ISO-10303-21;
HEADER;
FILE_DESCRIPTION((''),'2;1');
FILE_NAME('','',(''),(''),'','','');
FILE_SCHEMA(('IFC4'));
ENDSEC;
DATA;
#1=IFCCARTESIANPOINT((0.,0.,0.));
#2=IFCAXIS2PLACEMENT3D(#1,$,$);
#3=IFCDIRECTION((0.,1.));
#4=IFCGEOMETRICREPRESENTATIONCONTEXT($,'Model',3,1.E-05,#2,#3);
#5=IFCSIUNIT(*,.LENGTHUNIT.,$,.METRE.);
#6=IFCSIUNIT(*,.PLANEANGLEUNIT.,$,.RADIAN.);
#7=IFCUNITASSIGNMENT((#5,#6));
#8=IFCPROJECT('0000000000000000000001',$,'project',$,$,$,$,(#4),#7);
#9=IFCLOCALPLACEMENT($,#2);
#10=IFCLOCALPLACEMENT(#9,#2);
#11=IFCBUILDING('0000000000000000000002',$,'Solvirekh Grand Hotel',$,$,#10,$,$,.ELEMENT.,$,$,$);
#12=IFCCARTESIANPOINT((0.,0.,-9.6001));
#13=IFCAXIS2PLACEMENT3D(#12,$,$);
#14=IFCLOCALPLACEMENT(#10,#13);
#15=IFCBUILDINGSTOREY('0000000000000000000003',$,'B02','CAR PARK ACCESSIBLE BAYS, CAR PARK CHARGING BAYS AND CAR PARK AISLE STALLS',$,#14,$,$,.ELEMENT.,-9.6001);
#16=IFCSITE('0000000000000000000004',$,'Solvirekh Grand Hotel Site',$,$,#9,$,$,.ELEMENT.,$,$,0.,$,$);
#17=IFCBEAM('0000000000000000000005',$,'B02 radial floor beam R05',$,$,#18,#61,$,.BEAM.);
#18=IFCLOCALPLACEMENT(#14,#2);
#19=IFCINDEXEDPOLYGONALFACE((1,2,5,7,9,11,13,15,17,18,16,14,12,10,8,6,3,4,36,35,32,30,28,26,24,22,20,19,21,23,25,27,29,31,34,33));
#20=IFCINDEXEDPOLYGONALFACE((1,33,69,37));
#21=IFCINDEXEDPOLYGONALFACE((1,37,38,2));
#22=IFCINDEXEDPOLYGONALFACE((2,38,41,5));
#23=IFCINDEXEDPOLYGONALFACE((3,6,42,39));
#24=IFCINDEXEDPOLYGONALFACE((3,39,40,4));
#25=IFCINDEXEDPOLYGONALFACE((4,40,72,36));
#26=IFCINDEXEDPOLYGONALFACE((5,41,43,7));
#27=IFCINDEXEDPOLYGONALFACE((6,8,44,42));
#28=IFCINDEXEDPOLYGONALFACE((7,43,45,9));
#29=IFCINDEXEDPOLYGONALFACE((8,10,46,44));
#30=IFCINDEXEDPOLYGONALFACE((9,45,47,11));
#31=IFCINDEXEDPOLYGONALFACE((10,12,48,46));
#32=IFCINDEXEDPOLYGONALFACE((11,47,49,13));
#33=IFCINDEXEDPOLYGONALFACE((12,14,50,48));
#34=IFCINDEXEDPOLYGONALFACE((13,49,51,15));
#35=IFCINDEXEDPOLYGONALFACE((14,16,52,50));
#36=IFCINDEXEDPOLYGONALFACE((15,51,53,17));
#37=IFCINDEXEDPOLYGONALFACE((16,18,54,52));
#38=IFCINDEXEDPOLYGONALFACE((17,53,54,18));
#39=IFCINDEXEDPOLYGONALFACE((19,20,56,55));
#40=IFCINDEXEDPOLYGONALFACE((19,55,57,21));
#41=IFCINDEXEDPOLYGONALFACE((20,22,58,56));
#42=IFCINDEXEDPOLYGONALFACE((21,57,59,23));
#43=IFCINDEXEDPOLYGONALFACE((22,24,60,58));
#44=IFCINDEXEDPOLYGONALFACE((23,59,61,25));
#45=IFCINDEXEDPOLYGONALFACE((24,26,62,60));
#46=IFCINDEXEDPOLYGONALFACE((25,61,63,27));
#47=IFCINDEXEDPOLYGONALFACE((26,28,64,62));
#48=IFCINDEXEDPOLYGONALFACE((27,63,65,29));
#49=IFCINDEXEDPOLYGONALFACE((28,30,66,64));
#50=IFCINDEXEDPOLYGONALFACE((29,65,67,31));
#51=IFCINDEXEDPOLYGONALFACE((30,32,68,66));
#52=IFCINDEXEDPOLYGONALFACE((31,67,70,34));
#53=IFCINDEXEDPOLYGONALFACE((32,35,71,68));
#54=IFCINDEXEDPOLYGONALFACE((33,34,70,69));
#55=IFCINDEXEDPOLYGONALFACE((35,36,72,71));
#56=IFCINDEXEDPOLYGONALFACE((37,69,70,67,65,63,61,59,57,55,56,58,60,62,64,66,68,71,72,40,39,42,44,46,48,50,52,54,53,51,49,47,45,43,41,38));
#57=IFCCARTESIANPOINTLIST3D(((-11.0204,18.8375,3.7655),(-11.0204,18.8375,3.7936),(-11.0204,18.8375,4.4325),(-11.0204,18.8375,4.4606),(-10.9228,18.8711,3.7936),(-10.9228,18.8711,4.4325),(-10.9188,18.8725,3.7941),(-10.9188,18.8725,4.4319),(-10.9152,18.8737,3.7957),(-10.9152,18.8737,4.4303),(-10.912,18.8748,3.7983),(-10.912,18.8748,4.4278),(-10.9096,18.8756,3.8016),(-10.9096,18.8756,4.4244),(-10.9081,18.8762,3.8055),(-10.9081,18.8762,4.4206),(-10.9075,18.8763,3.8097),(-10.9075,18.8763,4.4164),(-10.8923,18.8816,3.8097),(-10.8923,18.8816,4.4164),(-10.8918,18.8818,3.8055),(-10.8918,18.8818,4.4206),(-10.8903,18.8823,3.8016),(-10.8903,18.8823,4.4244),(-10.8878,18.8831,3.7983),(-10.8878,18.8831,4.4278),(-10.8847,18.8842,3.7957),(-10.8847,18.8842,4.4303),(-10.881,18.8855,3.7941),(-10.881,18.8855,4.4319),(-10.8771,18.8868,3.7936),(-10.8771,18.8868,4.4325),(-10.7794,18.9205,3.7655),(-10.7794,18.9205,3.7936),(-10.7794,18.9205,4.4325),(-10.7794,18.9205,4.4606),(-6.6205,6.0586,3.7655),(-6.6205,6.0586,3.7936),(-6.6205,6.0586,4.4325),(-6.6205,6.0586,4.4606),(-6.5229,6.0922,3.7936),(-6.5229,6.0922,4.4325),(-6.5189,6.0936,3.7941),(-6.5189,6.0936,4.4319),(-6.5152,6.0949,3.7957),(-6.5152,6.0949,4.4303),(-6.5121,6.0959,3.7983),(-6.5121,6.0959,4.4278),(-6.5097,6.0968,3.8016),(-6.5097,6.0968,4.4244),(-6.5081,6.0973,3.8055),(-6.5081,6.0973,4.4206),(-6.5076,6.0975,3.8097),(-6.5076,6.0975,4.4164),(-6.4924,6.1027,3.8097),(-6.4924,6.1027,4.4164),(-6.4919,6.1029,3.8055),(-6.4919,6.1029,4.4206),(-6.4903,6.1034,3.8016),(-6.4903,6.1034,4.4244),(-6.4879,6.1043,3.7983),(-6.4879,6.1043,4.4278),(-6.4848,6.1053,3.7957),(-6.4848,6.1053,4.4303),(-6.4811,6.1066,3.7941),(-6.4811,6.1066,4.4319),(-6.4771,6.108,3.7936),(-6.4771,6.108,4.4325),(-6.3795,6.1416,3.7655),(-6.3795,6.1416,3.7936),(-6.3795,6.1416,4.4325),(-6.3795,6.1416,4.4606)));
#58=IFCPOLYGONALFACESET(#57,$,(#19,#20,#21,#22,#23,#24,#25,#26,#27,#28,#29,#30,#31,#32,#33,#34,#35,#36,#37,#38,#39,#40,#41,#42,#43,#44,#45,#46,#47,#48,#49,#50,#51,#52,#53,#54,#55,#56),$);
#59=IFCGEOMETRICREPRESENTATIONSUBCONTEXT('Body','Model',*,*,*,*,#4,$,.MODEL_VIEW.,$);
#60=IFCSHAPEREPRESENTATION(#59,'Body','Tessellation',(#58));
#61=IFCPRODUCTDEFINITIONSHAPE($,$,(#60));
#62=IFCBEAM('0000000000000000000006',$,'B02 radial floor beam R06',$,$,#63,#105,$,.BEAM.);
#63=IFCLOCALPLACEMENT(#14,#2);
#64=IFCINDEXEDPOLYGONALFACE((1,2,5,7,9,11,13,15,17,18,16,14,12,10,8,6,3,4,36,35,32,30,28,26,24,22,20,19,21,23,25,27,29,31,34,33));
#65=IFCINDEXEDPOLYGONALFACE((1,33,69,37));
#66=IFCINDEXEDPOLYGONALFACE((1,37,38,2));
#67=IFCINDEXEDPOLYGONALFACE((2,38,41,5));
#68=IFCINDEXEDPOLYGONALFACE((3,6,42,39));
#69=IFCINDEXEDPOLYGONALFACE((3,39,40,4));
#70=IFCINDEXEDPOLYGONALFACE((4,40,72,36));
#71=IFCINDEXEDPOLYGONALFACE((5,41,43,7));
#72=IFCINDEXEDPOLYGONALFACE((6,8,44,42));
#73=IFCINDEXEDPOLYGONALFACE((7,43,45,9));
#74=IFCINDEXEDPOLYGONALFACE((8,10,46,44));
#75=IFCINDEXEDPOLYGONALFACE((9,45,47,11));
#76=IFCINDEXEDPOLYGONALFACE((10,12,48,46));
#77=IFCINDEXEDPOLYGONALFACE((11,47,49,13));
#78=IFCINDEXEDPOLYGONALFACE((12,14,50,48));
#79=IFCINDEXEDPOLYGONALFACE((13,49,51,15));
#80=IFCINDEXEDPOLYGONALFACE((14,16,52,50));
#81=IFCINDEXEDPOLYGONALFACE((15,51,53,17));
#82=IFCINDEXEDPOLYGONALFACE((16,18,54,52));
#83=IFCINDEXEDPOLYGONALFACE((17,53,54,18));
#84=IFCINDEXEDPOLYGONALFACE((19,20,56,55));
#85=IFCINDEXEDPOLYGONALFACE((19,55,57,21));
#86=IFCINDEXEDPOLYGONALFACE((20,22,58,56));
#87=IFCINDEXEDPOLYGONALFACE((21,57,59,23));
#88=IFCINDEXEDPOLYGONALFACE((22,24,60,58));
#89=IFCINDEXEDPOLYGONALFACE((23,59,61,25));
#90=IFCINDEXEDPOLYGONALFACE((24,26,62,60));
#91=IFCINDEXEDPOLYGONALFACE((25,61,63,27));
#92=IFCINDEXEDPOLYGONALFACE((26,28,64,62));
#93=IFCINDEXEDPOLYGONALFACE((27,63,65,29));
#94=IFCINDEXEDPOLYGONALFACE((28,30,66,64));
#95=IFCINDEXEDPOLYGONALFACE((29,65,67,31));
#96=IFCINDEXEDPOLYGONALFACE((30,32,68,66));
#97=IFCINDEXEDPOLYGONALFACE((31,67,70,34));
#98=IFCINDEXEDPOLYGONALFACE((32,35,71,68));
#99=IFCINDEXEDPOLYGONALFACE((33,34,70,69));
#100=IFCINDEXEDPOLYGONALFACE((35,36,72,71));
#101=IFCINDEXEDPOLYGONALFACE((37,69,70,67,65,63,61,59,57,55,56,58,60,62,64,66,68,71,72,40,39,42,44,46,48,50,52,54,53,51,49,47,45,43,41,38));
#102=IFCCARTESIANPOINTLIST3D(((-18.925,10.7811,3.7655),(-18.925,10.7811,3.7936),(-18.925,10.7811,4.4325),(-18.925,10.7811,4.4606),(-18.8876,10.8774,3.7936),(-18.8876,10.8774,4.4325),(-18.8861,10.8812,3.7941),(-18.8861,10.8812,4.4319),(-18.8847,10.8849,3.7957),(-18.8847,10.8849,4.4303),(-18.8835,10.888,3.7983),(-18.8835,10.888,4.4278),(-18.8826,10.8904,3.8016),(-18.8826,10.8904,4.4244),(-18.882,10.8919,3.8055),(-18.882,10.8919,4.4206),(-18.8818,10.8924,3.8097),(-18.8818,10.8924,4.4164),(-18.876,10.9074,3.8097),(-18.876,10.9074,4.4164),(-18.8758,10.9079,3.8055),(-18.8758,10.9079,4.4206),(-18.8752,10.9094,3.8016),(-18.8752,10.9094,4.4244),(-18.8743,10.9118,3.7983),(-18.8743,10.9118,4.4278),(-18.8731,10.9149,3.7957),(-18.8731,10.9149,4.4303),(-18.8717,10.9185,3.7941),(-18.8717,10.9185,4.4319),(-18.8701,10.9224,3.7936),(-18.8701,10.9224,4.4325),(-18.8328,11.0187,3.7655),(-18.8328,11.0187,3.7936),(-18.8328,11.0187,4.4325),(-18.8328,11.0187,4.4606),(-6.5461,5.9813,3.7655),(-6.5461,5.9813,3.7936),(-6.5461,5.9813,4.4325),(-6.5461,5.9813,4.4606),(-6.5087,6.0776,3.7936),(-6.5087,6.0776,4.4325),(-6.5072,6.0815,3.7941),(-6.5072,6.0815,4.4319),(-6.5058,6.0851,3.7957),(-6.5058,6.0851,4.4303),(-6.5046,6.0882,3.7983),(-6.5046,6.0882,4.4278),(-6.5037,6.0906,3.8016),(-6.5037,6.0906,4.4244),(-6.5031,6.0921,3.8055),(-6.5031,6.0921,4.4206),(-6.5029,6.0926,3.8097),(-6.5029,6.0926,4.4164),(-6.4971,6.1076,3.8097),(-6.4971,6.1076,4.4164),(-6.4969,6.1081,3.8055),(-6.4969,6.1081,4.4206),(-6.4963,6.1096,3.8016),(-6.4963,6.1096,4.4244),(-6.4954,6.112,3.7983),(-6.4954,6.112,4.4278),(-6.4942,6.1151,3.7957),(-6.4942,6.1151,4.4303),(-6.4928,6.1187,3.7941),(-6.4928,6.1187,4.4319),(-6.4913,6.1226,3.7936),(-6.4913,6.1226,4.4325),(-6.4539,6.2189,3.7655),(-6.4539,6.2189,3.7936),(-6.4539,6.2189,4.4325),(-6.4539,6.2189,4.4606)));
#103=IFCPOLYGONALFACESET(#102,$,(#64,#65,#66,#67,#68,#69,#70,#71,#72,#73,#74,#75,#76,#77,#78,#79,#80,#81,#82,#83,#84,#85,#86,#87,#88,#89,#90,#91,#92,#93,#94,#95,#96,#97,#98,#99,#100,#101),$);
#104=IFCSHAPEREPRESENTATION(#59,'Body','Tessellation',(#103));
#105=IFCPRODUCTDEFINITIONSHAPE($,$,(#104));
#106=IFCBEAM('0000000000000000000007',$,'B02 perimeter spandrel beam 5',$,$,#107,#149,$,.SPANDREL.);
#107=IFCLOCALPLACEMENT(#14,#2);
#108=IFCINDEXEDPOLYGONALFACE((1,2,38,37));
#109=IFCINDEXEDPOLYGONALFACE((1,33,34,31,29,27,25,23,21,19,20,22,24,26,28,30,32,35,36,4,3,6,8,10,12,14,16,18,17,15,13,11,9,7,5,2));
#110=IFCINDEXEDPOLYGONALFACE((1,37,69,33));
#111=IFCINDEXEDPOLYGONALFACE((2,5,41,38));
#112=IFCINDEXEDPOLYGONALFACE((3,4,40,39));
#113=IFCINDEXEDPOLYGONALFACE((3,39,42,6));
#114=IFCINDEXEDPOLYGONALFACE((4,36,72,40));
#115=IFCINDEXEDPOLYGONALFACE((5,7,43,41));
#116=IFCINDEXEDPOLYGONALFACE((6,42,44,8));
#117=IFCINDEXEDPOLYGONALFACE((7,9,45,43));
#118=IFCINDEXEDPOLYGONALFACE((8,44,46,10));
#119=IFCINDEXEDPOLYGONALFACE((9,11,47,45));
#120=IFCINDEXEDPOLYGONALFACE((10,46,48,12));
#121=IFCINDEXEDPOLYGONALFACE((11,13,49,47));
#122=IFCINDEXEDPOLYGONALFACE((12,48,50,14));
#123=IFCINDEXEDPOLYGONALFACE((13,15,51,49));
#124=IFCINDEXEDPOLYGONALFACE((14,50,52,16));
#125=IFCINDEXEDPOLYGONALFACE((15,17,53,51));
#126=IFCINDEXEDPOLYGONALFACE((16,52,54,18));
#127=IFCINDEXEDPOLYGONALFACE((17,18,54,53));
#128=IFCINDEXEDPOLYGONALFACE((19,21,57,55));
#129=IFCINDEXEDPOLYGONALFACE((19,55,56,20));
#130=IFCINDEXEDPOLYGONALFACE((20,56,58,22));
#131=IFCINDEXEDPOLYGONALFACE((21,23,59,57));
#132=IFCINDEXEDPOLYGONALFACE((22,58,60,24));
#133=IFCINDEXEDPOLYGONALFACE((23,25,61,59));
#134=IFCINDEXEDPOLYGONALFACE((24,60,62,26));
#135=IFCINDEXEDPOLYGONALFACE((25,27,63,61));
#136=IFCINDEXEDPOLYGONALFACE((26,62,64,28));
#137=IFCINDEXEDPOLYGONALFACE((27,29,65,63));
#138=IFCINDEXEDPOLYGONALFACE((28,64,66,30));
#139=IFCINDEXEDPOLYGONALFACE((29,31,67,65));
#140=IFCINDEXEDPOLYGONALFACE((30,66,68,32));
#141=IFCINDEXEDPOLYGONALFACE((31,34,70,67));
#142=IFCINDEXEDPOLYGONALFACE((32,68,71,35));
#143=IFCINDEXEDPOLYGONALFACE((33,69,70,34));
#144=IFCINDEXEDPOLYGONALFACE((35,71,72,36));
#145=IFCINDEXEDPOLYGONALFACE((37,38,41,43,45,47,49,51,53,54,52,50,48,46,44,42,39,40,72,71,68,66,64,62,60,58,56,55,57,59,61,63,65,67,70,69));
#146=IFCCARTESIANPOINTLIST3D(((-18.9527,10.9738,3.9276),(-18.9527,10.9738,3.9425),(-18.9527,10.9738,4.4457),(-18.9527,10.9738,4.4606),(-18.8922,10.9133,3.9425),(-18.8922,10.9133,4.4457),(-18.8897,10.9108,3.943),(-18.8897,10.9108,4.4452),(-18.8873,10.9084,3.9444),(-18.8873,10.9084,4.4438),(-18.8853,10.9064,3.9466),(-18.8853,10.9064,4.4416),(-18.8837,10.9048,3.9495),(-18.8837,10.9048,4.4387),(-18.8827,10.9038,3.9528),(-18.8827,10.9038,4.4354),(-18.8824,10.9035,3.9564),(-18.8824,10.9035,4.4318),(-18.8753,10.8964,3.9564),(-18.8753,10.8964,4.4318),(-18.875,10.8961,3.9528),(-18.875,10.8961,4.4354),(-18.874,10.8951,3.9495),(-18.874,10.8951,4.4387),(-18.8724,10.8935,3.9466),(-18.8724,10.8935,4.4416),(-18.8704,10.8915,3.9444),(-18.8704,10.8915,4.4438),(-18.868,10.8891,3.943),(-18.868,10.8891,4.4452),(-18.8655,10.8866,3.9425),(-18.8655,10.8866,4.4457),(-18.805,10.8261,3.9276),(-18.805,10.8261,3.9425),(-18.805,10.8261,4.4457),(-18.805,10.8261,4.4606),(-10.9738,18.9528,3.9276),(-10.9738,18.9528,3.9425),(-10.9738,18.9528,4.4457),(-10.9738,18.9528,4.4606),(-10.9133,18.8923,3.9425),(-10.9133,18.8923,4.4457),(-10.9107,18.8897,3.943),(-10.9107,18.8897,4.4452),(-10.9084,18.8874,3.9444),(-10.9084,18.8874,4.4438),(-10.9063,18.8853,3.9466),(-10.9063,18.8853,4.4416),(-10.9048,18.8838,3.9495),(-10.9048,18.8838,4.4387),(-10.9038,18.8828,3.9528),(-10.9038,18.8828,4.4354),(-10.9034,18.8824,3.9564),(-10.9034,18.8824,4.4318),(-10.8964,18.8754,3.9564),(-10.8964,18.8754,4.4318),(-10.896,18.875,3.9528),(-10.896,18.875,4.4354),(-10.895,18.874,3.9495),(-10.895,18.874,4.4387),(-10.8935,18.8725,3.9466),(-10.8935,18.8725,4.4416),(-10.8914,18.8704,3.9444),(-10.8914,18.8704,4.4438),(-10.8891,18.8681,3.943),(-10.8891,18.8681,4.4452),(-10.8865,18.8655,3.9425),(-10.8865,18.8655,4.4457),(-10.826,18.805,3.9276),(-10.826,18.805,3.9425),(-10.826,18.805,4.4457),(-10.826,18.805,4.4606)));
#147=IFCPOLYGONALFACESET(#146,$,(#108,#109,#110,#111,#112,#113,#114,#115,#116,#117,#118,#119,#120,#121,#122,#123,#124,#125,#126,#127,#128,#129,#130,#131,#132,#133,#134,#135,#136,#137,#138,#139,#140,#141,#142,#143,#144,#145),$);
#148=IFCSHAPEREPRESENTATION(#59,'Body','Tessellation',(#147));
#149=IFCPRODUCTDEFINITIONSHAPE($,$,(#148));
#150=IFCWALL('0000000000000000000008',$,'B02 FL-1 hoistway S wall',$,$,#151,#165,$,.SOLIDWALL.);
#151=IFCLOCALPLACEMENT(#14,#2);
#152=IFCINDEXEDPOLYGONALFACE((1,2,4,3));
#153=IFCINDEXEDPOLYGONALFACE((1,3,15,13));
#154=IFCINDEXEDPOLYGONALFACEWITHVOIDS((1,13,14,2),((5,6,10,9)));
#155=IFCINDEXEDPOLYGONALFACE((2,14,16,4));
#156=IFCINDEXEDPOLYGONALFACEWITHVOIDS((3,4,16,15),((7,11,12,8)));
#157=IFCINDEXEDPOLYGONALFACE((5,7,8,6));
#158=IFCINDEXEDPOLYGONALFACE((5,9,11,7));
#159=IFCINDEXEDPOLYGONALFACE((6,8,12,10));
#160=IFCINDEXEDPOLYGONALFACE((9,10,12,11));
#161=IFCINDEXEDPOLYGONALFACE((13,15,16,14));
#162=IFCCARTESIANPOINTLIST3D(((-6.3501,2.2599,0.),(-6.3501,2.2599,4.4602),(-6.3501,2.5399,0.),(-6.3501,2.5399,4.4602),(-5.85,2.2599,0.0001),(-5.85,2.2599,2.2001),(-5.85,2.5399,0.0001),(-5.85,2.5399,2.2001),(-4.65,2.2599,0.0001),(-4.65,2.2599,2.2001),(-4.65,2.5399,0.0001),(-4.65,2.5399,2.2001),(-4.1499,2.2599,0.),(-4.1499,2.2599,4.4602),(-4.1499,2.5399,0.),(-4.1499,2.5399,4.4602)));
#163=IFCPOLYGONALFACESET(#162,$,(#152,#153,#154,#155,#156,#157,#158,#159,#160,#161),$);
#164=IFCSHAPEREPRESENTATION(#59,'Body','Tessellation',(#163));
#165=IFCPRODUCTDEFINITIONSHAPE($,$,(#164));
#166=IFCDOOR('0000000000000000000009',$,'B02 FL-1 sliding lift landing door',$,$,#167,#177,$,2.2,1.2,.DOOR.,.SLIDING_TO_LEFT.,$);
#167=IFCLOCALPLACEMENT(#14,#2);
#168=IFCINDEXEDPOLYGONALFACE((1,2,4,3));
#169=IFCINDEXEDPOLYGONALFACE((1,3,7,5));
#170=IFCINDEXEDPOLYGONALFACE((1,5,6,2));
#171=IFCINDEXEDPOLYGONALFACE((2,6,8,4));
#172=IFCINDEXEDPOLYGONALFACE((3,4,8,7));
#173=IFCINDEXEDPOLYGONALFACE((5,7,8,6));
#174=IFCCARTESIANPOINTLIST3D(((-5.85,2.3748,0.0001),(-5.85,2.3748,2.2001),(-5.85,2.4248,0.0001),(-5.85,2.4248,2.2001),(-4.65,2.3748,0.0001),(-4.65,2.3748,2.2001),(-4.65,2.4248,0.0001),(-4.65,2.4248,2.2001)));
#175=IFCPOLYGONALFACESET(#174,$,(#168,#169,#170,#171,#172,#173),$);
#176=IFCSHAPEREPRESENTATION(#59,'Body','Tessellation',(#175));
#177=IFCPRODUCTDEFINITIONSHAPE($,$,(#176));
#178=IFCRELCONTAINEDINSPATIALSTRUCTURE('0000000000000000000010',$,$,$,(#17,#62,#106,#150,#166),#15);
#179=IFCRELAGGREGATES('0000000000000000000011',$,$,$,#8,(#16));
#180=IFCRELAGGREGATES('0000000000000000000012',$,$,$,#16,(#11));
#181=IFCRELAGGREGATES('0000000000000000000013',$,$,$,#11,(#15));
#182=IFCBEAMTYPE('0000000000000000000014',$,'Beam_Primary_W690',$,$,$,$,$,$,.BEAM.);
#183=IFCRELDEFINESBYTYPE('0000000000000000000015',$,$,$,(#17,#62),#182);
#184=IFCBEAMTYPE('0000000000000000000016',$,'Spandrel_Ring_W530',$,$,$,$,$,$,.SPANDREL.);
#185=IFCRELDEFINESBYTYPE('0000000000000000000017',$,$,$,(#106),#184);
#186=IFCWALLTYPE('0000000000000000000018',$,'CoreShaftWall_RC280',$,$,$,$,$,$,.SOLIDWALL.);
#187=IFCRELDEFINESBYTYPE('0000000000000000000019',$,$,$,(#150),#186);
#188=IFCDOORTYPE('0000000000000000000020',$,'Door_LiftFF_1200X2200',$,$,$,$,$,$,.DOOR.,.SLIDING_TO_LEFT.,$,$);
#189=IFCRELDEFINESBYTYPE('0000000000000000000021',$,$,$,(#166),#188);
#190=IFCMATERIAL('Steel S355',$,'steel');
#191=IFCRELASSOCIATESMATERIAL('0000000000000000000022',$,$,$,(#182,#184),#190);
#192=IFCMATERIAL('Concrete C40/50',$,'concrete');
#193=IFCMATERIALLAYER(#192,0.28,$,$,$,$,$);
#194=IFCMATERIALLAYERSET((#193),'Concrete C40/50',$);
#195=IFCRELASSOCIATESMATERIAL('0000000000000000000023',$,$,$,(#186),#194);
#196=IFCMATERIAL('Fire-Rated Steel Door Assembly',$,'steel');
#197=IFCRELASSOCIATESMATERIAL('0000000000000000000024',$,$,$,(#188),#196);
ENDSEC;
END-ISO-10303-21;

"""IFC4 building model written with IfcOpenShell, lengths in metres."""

from ifc_helpers import new_model, si_unit, direction, frame, frame_2d, origin, origin_2d, place, context, subcontext, project, spatial, rectangle, i_section, extrude, material, layer, layer_set, material_profile, profile_set, type_object, element, fill, save


model = new_model("IFC4")

# Units and contexts
model_context = context("Model", 3, precision=1e-05, world=origin(), true_north=direction((0.0, 1.0)))
body_context = subcontext(model_context, "Body", "Model", "MODEL_VIEW")
ifc_project = project(units=[si_unit("LENGTHUNIT", "METRE"), si_unit("PLANEANGLEUNIT", "RADIAN")], contexts=[model_context])

# Site, building, storey
site_placement = place(None, origin())
site = spatial("IfcSite", under=ifc_project, at=site_placement, Name="Solvirekh Grand Hotel Site", CompositionType="ELEMENT", RefElevation=0.0)
building_placement = place(site_placement, origin())
building = spatial("IfcBuilding", under=site, at=building_placement, Name="Solvirekh Grand Hotel", CompositionType="ELEMENT")
storey_placement = place(building_placement, frame((0.0, 0.0, -9.6001)))
storey = spatial("IfcBuildingStorey", under=building, at=storey_placement, Name="B02", Description="CAR PARK ACCESSIBLE BAYS, CAR PARK CHARGING BAYS AND CAR PARK AISLE STALLS", CompositionType="ELEMENT", Elevation=-9.6001)

# Beams
ifc_material_1 = material(Name="Steel S355", Category="steel")
ifc_material_profile_1 = material_profile(ifc_material_1, i_section(OverallWidth=0.2549, OverallDepth=0.6951, WebThickness=0.0161, FlangeThickness=0.0281, FilletRadius=0.0161, at=origin_2d()), Name="W690X217")
ifc_profile_set_1 = profile_set([ifc_material_profile_1], Name="Steel S355")
beam_type_1 = type_object("IfcBeamType", Name="Beam_Primary_W690", PredefinedType="BEAM", material=ifc_profile_set_1)
beam_1_placement = place(storey_placement, frame((-6.5, 6.1001, 4.113), z_axis=(-0.325555, 0.945523, 0.0), x_axis=(-0.945523, -0.325555, 0.0)))
element("IfcBeam", 1, at=beam_1_placement, inside=storey, type_object=beam_type_1, Name="B02 radial floor beam R05", PredefinedType="BEAM", context=body_context, shape_type="SweptSolid", body=[
    extrude(i_section(OverallWidth=0.2549, OverallDepth=0.6951, WebThickness=0.0161, FlangeThickness=0.0281, FilletRadius=0.0161, at=origin_2d()), origin(), (0.0, 0.0, 1.0), 13.5151),
])
beam_2_placement = place(storey_placement, frame((-6.5, 6.1001, 4.113), z_axis=(-0.932366, 0.361516, 0.0), x_axis=(-0.361516, -0.932366, 0.0)))
element("IfcBeam", 2, at=beam_2_placement, inside=storey, type_object=beam_type_1, Name="B02 radial floor beam R06", PredefinedType="BEAM", context=body_context, shape_type="SweptSolid", body=[
    extrude(i_section(OverallWidth=0.2549, OverallDepth=0.6951, WebThickness=0.0161, FlangeThickness=0.0281, FilletRadius=0.0161, at=origin_2d()), origin(), (0.0, 0.0, 1.0), 13.2769),
])
ifc_material_profile_2 = material_profile(ifc_material_1, i_section(OverallWidth=0.209, OverallDepth=0.533, WebThickness=0.01, FlangeThickness=0.0149, FilletRadius=0.0139, at=origin_2d()), Name="W530X92")
ifc_profile_set_2 = profile_set([ifc_material_profile_2], Name="Steel S355")
beam_type_2 = type_object("IfcBeamType", Name="Spandrel_Ring_W530", PredefinedType="SPANDREL", material=ifc_profile_set_2)
beam_3_placement = place(storey_placement, frame((-10.8999, 18.8789, 4.1941), z_axis=(-0.707107, -0.707107, 0.0), x_axis=(0.707107, -0.707107, 0.0)))
element("IfcBeam", 3, at=beam_3_placement, inside=storey, type_object=beam_type_2, Name="B02 perimeter spandrel beam 5", PredefinedType="SPANDREL", context=body_context, shape_type="SweptSolid", body=[
    extrude(i_section(OverallWidth=0.209, OverallDepth=0.533, WebThickness=0.01, FlangeThickness=0.0149, FilletRadius=0.0139, at=origin_2d()), origin(), (0.0, 0.0, 1.0), 11.2839),
])

# Wall, opening, door
ifc_material_2 = material(Name="Concrete C40/50", Category="concrete")
ifc_layer_1 = layer(ifc_material_2, 0.28)
ifc_layer_set_1 = layer_set([ifc_layer_1], Name="Concrete C40/50")
wall_type_1 = type_object("IfcWallType", Name="CoreShaftWall_RC280", PredefinedType="SOLIDWALL", material=ifc_layer_set_1)
wall_1_placement = place(storey_placement, frame((-6.3501, 2.3999, 0.0), z_axis=(0.0, 0.0, 1.0), x_axis=(1.0, 0.0, 0.0)))
wall_1 = element("IfcWall", 4, at=wall_1_placement, inside=storey, type_object=wall_type_1, Name="B02 FL-1 hoistway S wall", PredefinedType="SOLIDWALL", context=body_context, shape_type="SweptSolid", body=[
    extrude(rectangle(XDim=2.2002, YDim=0.28, at=frame_2d((1.1001, 0.0))), origin(), (0.0, 0.0, 1.0), 4.4602),
])
opening_1_placement = place(wall_1_placement, frame((0.5, 0.0, 0.0)))
opening_1 = element("IfcOpeningElement", 5, at=opening_1_placement, cuts=wall_1, PredefinedType="OPENING", context=body_context, shape_type="SweptSolid", body=[
    extrude(rectangle(XDim=1.2, YDim=2.2, at=frame_2d((0.6001, 1.1001))), frame((0.0, 0.1499, 0.0), z_axis=(0.0, -1.0, 0.0), x_axis=(1.0, 0.0, 0.0)), (0.0, 0.0, 1.0), 0.3),
])
ifc_material_3 = material(Name="Fire-Rated Steel Door Assembly", Category="steel")
door_type_1 = type_object("IfcDoorType", Name="Door_LiftFF_1200X2200", OperationType="SLIDING_TO_LEFT", PredefinedType="DOOR", material=ifc_material_3)
door_1_placement = place(opening_1_placement, origin())
door_1 = element("IfcDoor", 6, at=door_1_placement, inside=storey, type_object=door_type_1, Name="B02 FL-1 sliding lift landing door", OperationType="SLIDING_TO_LEFT", OverallHeight=2.2, OverallWidth=1.2, PredefinedType="DOOR", context=body_context, shape_type="SweptSolid", body=[
    extrude(rectangle(XDim=1.2, YDim=2.2, at=frame_2d((0.6001, 1.1001))), frame((0.0, 0.0249, 0.0), z_axis=(0.0, -1.0, 0.0), x_axis=(1.0, 0.0, 0.0)), (0.0, 0.0, 1.0), 0.05),
])
fill(opening_1, door_1)

save(model, "model.ifc")
